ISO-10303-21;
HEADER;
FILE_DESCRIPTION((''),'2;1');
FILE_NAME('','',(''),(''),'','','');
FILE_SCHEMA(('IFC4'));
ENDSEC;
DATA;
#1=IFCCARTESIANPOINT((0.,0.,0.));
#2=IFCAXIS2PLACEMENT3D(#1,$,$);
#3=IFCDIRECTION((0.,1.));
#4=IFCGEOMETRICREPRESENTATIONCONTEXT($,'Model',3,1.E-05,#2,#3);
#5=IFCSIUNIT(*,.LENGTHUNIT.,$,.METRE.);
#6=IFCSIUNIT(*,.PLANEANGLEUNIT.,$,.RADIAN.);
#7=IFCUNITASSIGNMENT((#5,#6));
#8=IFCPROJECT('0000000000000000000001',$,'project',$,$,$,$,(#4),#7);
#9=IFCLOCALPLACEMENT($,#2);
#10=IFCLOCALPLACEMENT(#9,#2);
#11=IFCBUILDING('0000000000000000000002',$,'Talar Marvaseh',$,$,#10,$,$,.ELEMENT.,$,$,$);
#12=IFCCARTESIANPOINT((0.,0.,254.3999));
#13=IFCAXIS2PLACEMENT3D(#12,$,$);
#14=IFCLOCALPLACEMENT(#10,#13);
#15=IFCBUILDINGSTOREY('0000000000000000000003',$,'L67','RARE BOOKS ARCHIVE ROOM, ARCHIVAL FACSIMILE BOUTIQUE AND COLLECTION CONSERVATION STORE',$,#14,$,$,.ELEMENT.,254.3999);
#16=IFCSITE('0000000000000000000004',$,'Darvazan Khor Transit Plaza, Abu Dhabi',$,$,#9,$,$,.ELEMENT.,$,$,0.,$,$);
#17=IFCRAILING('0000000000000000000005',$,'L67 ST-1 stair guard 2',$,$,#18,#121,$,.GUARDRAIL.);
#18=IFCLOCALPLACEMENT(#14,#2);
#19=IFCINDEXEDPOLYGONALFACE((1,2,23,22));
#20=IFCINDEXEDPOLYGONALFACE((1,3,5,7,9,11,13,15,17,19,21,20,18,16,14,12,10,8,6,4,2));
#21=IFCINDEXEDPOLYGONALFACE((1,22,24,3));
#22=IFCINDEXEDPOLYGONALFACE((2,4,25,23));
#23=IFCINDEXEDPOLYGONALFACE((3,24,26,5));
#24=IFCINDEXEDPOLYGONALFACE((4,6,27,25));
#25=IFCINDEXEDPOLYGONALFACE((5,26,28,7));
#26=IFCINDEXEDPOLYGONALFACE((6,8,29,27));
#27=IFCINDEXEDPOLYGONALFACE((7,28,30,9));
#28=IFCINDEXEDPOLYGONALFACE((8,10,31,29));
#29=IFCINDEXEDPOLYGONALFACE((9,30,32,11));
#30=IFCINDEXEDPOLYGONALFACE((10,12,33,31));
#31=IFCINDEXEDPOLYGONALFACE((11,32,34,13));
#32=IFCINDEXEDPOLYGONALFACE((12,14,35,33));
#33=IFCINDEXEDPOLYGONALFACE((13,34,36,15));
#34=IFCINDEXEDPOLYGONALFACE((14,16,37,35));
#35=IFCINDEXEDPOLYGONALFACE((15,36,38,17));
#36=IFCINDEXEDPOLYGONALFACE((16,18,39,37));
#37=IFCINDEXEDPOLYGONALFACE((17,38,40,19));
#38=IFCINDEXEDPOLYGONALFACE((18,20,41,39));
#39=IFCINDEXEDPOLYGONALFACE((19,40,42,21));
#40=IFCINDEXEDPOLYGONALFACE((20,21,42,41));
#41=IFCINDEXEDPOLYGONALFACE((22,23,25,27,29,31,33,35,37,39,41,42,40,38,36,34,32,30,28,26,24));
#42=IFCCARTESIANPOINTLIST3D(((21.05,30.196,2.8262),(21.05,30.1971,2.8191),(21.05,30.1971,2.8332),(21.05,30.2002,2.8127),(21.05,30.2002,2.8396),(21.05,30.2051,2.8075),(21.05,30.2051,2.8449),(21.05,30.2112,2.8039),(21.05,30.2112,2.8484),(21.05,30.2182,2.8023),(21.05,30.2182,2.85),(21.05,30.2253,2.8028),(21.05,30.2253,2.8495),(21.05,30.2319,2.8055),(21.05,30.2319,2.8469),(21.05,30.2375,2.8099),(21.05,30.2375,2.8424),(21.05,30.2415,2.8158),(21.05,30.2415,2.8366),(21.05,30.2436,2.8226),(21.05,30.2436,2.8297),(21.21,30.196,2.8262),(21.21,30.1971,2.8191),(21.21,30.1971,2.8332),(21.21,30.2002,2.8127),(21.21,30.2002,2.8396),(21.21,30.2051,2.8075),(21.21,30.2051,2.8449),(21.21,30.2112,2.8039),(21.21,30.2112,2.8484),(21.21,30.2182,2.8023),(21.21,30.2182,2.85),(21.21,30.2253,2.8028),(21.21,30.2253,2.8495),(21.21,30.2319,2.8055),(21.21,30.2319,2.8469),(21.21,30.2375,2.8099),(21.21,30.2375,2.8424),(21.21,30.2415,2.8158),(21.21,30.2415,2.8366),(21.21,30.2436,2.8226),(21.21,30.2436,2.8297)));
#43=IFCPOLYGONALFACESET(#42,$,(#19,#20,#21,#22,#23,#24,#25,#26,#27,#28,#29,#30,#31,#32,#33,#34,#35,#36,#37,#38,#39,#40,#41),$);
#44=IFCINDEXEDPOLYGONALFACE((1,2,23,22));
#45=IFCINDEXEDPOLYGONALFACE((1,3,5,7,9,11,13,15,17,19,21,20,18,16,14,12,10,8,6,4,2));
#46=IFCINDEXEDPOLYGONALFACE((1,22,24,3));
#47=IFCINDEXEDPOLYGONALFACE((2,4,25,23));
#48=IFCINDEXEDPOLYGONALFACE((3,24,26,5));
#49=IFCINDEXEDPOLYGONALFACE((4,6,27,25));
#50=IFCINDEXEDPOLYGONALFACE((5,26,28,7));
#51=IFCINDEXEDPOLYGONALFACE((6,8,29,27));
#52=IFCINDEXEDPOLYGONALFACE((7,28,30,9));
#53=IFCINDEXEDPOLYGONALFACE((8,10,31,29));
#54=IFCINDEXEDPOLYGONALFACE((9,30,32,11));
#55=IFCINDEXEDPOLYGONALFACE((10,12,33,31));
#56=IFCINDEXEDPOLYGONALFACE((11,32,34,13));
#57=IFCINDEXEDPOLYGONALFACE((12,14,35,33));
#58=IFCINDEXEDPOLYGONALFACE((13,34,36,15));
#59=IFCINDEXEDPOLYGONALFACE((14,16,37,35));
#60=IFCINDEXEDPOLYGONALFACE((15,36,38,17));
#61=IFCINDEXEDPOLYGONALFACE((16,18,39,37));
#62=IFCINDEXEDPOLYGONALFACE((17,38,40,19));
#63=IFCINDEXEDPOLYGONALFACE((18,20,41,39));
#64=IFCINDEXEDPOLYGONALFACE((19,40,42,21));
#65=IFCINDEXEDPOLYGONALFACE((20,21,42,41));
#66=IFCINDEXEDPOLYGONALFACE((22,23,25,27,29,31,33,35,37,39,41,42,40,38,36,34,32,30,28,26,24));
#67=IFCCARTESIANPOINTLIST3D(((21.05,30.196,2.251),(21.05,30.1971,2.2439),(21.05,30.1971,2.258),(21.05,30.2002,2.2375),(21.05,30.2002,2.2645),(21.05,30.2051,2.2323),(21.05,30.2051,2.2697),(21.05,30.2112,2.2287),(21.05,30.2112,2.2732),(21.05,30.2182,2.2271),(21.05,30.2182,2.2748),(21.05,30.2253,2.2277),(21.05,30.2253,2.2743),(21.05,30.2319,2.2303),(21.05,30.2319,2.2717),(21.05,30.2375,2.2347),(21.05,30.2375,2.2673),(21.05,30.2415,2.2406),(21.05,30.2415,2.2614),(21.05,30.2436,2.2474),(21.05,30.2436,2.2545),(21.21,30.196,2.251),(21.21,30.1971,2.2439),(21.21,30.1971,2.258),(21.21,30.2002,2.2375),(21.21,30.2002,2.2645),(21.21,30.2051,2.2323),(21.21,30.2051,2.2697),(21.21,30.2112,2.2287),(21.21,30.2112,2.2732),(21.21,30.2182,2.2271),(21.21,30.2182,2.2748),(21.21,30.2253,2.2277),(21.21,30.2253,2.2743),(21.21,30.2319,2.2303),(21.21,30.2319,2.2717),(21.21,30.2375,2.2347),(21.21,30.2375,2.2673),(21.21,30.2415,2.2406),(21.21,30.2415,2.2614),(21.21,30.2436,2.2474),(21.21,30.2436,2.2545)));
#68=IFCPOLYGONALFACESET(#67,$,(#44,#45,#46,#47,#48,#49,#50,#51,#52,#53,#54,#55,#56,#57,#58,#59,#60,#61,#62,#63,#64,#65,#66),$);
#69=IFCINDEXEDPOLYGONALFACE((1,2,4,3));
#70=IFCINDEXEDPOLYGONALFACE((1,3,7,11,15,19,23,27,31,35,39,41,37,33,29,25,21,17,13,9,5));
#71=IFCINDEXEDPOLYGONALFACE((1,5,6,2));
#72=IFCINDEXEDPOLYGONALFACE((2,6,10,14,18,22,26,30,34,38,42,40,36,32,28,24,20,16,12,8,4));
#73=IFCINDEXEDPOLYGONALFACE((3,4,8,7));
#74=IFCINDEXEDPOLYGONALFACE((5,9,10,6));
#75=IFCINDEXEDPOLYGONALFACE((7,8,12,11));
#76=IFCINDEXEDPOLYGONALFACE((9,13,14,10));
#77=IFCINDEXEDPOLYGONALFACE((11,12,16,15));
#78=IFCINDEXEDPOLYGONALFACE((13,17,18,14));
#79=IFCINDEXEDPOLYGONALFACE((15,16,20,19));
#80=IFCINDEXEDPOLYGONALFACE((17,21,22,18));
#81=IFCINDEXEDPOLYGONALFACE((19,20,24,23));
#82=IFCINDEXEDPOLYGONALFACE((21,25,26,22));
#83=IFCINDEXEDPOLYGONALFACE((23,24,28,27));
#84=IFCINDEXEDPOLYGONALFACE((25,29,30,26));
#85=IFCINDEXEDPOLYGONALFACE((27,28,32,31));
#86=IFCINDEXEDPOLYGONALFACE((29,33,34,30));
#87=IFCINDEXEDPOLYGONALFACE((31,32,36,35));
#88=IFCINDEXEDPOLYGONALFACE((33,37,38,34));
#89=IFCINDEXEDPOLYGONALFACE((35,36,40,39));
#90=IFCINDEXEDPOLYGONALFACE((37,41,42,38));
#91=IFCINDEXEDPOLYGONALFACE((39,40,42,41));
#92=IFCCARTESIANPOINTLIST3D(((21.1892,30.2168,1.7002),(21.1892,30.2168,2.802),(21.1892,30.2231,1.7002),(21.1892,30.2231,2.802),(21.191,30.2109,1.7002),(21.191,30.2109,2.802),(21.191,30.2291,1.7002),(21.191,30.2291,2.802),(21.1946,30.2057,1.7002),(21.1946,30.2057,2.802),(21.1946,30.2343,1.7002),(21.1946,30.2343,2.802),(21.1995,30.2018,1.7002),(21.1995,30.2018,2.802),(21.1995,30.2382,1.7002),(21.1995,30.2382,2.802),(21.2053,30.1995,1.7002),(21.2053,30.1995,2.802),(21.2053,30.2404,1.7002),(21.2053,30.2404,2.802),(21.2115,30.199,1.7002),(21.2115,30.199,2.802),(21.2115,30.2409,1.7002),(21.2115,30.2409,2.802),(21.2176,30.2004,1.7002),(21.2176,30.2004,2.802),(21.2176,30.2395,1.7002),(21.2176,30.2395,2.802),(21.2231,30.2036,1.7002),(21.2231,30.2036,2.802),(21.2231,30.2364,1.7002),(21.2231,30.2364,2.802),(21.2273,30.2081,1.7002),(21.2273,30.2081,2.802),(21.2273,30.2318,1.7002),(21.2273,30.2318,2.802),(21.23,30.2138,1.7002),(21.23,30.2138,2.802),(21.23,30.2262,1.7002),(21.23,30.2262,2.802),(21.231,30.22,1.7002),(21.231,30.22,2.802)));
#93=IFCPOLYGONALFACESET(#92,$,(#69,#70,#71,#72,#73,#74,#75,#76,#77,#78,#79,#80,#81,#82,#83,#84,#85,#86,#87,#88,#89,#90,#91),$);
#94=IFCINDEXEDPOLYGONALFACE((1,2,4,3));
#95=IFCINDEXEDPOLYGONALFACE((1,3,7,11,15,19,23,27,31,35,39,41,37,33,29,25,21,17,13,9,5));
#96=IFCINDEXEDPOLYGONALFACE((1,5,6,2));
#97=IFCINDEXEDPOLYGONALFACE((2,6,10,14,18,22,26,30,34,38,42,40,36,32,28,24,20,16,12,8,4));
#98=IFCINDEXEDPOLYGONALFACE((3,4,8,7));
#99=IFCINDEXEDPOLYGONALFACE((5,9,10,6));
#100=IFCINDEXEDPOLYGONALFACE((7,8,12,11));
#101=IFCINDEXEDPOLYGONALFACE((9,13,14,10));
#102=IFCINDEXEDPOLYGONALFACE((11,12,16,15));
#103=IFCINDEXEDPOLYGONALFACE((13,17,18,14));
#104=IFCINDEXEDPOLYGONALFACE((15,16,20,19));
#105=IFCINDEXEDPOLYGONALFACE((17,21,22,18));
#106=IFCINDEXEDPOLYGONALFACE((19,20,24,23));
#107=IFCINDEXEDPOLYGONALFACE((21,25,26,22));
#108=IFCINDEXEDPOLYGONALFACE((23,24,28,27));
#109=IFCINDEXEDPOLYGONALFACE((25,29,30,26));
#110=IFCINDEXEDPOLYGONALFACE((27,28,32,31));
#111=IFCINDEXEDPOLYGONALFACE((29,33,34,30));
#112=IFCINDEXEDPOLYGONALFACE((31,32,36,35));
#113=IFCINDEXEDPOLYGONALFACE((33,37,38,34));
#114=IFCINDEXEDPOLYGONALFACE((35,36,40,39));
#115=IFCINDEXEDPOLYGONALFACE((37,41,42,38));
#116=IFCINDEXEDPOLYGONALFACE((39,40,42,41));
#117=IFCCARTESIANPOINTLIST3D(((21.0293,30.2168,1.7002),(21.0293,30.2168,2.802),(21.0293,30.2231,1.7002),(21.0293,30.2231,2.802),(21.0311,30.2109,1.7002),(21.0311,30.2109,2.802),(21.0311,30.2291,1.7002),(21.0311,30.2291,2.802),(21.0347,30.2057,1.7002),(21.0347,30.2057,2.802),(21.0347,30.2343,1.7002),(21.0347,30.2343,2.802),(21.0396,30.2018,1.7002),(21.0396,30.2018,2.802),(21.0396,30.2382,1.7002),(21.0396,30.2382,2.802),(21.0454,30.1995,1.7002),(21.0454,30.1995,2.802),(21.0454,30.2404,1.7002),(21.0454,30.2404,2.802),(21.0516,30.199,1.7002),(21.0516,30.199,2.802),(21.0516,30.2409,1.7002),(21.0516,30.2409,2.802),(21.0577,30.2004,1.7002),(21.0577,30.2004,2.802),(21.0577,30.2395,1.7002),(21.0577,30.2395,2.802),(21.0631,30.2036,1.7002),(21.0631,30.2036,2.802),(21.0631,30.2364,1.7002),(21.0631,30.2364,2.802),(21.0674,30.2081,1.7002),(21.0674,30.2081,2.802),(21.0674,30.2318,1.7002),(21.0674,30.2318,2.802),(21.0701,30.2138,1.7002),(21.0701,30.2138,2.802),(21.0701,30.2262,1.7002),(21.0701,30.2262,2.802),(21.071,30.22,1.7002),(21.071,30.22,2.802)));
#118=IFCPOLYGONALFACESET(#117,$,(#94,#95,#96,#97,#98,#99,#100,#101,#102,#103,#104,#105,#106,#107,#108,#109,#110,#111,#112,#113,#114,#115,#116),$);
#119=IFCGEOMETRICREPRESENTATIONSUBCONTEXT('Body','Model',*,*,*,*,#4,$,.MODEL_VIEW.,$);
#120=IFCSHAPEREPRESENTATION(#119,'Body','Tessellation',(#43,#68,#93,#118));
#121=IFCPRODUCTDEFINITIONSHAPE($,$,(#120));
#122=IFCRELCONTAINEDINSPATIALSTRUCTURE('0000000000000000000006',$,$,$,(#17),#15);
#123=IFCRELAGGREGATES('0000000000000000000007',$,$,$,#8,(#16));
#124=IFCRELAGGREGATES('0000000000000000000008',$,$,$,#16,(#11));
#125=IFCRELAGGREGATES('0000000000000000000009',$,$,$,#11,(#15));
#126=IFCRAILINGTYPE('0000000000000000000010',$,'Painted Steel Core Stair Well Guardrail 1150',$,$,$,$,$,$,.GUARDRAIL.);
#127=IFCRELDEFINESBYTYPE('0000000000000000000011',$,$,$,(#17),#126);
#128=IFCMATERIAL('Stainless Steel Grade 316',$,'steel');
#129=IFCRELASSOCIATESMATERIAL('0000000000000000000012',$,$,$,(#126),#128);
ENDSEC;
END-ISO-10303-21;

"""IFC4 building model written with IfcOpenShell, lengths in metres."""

from ifc_helpers import new_model, si_unit, direction, frame, origin, origin_2d, place, context, subcontext, project, spatial, circle, extrude, material, type_object, element, save


model = new_model("IFC4")

# Units and contexts
model_context = context("Model", 3, precision=1e-05, world=origin(), true_north=direction((0.0, 1.0)))
body_context = subcontext(model_context, "Body", "Model", "MODEL_VIEW")
ifc_project = project(units=[si_unit("LENGTHUNIT", "METRE"), si_unit("PLANEANGLEUNIT", "RADIAN")], contexts=[model_context])

# Site, building, storey
site_placement = place(None, origin())
site = spatial("IfcSite", under=ifc_project, at=site_placement, Name="Darvazan Khor Transit Plaza, Abu Dhabi", CompositionType="ELEMENT", RefElevation=0.0)
building_placement = place(site_placement, origin())
building = spatial("IfcBuilding", under=site, at=building_placement, Name="Talar Marvaseh", CompositionType="ELEMENT")
storey_placement = place(building_placement, frame((0.0, 0.0, 254.3999)))
storey = spatial("IfcBuildingStorey", under=building, at=storey_placement, Name="L67", Description="RARE BOOKS ARCHIVE ROOM, ARCHIVAL FACSIMILE BOUTIQUE AND COLLECTION CONSERVATION STORE", CompositionType="ELEMENT", Elevation=254.3999)

# Railing
ifc_material_1 = material(Name="Stainless Steel Grade 316", Category="steel")
railing_type_1 = type_object("IfcRailingType", Name="Painted Steel Core Stair Well Guardrail 1150", PredefinedType="GUARDRAIL", material=ifc_material_1)
railing_1_placement = place(storey_placement, frame((21.21, 30.22, 1.7002)))
element("IfcRailing", 1, at=railing_1_placement, inside=storey, type_object=railing_type_1, Name="L67 ST-1 stair guard 2", PredefinedType="GUARDRAIL", context=body_context, shape_type="SweptSolid", body=[
    extrude(circle(Radius=0.0239, at=origin_2d()), frame((0.0, 0.0, 1.126), z_axis=(-1.0, 0.0, 0.0), x_axis=(0.0, -1.0, 0.0)), (0.0, 0.0, 1.0), 0.1599),
    extrude(circle(Radius=0.0239, at=origin_2d()), frame((0.0, 0.0, 0.5508), z_axis=(-1.0, 0.0, 0.0), x_axis=(0.0, -1.0, 0.0)), (0.0, 0.0, 1.0), 0.1599),
    extrude(circle(Radius=0.021, at=origin_2d()), origin(), (0.0, 0.0, 1.0), 1.1018),
    extrude(circle(Radius=0.021, at=origin_2d()), frame((-0.1599, 0.0, 0.0)), (0.0, 0.0, 1.0), 1.1018),
])

save(model, "model.ifc")
